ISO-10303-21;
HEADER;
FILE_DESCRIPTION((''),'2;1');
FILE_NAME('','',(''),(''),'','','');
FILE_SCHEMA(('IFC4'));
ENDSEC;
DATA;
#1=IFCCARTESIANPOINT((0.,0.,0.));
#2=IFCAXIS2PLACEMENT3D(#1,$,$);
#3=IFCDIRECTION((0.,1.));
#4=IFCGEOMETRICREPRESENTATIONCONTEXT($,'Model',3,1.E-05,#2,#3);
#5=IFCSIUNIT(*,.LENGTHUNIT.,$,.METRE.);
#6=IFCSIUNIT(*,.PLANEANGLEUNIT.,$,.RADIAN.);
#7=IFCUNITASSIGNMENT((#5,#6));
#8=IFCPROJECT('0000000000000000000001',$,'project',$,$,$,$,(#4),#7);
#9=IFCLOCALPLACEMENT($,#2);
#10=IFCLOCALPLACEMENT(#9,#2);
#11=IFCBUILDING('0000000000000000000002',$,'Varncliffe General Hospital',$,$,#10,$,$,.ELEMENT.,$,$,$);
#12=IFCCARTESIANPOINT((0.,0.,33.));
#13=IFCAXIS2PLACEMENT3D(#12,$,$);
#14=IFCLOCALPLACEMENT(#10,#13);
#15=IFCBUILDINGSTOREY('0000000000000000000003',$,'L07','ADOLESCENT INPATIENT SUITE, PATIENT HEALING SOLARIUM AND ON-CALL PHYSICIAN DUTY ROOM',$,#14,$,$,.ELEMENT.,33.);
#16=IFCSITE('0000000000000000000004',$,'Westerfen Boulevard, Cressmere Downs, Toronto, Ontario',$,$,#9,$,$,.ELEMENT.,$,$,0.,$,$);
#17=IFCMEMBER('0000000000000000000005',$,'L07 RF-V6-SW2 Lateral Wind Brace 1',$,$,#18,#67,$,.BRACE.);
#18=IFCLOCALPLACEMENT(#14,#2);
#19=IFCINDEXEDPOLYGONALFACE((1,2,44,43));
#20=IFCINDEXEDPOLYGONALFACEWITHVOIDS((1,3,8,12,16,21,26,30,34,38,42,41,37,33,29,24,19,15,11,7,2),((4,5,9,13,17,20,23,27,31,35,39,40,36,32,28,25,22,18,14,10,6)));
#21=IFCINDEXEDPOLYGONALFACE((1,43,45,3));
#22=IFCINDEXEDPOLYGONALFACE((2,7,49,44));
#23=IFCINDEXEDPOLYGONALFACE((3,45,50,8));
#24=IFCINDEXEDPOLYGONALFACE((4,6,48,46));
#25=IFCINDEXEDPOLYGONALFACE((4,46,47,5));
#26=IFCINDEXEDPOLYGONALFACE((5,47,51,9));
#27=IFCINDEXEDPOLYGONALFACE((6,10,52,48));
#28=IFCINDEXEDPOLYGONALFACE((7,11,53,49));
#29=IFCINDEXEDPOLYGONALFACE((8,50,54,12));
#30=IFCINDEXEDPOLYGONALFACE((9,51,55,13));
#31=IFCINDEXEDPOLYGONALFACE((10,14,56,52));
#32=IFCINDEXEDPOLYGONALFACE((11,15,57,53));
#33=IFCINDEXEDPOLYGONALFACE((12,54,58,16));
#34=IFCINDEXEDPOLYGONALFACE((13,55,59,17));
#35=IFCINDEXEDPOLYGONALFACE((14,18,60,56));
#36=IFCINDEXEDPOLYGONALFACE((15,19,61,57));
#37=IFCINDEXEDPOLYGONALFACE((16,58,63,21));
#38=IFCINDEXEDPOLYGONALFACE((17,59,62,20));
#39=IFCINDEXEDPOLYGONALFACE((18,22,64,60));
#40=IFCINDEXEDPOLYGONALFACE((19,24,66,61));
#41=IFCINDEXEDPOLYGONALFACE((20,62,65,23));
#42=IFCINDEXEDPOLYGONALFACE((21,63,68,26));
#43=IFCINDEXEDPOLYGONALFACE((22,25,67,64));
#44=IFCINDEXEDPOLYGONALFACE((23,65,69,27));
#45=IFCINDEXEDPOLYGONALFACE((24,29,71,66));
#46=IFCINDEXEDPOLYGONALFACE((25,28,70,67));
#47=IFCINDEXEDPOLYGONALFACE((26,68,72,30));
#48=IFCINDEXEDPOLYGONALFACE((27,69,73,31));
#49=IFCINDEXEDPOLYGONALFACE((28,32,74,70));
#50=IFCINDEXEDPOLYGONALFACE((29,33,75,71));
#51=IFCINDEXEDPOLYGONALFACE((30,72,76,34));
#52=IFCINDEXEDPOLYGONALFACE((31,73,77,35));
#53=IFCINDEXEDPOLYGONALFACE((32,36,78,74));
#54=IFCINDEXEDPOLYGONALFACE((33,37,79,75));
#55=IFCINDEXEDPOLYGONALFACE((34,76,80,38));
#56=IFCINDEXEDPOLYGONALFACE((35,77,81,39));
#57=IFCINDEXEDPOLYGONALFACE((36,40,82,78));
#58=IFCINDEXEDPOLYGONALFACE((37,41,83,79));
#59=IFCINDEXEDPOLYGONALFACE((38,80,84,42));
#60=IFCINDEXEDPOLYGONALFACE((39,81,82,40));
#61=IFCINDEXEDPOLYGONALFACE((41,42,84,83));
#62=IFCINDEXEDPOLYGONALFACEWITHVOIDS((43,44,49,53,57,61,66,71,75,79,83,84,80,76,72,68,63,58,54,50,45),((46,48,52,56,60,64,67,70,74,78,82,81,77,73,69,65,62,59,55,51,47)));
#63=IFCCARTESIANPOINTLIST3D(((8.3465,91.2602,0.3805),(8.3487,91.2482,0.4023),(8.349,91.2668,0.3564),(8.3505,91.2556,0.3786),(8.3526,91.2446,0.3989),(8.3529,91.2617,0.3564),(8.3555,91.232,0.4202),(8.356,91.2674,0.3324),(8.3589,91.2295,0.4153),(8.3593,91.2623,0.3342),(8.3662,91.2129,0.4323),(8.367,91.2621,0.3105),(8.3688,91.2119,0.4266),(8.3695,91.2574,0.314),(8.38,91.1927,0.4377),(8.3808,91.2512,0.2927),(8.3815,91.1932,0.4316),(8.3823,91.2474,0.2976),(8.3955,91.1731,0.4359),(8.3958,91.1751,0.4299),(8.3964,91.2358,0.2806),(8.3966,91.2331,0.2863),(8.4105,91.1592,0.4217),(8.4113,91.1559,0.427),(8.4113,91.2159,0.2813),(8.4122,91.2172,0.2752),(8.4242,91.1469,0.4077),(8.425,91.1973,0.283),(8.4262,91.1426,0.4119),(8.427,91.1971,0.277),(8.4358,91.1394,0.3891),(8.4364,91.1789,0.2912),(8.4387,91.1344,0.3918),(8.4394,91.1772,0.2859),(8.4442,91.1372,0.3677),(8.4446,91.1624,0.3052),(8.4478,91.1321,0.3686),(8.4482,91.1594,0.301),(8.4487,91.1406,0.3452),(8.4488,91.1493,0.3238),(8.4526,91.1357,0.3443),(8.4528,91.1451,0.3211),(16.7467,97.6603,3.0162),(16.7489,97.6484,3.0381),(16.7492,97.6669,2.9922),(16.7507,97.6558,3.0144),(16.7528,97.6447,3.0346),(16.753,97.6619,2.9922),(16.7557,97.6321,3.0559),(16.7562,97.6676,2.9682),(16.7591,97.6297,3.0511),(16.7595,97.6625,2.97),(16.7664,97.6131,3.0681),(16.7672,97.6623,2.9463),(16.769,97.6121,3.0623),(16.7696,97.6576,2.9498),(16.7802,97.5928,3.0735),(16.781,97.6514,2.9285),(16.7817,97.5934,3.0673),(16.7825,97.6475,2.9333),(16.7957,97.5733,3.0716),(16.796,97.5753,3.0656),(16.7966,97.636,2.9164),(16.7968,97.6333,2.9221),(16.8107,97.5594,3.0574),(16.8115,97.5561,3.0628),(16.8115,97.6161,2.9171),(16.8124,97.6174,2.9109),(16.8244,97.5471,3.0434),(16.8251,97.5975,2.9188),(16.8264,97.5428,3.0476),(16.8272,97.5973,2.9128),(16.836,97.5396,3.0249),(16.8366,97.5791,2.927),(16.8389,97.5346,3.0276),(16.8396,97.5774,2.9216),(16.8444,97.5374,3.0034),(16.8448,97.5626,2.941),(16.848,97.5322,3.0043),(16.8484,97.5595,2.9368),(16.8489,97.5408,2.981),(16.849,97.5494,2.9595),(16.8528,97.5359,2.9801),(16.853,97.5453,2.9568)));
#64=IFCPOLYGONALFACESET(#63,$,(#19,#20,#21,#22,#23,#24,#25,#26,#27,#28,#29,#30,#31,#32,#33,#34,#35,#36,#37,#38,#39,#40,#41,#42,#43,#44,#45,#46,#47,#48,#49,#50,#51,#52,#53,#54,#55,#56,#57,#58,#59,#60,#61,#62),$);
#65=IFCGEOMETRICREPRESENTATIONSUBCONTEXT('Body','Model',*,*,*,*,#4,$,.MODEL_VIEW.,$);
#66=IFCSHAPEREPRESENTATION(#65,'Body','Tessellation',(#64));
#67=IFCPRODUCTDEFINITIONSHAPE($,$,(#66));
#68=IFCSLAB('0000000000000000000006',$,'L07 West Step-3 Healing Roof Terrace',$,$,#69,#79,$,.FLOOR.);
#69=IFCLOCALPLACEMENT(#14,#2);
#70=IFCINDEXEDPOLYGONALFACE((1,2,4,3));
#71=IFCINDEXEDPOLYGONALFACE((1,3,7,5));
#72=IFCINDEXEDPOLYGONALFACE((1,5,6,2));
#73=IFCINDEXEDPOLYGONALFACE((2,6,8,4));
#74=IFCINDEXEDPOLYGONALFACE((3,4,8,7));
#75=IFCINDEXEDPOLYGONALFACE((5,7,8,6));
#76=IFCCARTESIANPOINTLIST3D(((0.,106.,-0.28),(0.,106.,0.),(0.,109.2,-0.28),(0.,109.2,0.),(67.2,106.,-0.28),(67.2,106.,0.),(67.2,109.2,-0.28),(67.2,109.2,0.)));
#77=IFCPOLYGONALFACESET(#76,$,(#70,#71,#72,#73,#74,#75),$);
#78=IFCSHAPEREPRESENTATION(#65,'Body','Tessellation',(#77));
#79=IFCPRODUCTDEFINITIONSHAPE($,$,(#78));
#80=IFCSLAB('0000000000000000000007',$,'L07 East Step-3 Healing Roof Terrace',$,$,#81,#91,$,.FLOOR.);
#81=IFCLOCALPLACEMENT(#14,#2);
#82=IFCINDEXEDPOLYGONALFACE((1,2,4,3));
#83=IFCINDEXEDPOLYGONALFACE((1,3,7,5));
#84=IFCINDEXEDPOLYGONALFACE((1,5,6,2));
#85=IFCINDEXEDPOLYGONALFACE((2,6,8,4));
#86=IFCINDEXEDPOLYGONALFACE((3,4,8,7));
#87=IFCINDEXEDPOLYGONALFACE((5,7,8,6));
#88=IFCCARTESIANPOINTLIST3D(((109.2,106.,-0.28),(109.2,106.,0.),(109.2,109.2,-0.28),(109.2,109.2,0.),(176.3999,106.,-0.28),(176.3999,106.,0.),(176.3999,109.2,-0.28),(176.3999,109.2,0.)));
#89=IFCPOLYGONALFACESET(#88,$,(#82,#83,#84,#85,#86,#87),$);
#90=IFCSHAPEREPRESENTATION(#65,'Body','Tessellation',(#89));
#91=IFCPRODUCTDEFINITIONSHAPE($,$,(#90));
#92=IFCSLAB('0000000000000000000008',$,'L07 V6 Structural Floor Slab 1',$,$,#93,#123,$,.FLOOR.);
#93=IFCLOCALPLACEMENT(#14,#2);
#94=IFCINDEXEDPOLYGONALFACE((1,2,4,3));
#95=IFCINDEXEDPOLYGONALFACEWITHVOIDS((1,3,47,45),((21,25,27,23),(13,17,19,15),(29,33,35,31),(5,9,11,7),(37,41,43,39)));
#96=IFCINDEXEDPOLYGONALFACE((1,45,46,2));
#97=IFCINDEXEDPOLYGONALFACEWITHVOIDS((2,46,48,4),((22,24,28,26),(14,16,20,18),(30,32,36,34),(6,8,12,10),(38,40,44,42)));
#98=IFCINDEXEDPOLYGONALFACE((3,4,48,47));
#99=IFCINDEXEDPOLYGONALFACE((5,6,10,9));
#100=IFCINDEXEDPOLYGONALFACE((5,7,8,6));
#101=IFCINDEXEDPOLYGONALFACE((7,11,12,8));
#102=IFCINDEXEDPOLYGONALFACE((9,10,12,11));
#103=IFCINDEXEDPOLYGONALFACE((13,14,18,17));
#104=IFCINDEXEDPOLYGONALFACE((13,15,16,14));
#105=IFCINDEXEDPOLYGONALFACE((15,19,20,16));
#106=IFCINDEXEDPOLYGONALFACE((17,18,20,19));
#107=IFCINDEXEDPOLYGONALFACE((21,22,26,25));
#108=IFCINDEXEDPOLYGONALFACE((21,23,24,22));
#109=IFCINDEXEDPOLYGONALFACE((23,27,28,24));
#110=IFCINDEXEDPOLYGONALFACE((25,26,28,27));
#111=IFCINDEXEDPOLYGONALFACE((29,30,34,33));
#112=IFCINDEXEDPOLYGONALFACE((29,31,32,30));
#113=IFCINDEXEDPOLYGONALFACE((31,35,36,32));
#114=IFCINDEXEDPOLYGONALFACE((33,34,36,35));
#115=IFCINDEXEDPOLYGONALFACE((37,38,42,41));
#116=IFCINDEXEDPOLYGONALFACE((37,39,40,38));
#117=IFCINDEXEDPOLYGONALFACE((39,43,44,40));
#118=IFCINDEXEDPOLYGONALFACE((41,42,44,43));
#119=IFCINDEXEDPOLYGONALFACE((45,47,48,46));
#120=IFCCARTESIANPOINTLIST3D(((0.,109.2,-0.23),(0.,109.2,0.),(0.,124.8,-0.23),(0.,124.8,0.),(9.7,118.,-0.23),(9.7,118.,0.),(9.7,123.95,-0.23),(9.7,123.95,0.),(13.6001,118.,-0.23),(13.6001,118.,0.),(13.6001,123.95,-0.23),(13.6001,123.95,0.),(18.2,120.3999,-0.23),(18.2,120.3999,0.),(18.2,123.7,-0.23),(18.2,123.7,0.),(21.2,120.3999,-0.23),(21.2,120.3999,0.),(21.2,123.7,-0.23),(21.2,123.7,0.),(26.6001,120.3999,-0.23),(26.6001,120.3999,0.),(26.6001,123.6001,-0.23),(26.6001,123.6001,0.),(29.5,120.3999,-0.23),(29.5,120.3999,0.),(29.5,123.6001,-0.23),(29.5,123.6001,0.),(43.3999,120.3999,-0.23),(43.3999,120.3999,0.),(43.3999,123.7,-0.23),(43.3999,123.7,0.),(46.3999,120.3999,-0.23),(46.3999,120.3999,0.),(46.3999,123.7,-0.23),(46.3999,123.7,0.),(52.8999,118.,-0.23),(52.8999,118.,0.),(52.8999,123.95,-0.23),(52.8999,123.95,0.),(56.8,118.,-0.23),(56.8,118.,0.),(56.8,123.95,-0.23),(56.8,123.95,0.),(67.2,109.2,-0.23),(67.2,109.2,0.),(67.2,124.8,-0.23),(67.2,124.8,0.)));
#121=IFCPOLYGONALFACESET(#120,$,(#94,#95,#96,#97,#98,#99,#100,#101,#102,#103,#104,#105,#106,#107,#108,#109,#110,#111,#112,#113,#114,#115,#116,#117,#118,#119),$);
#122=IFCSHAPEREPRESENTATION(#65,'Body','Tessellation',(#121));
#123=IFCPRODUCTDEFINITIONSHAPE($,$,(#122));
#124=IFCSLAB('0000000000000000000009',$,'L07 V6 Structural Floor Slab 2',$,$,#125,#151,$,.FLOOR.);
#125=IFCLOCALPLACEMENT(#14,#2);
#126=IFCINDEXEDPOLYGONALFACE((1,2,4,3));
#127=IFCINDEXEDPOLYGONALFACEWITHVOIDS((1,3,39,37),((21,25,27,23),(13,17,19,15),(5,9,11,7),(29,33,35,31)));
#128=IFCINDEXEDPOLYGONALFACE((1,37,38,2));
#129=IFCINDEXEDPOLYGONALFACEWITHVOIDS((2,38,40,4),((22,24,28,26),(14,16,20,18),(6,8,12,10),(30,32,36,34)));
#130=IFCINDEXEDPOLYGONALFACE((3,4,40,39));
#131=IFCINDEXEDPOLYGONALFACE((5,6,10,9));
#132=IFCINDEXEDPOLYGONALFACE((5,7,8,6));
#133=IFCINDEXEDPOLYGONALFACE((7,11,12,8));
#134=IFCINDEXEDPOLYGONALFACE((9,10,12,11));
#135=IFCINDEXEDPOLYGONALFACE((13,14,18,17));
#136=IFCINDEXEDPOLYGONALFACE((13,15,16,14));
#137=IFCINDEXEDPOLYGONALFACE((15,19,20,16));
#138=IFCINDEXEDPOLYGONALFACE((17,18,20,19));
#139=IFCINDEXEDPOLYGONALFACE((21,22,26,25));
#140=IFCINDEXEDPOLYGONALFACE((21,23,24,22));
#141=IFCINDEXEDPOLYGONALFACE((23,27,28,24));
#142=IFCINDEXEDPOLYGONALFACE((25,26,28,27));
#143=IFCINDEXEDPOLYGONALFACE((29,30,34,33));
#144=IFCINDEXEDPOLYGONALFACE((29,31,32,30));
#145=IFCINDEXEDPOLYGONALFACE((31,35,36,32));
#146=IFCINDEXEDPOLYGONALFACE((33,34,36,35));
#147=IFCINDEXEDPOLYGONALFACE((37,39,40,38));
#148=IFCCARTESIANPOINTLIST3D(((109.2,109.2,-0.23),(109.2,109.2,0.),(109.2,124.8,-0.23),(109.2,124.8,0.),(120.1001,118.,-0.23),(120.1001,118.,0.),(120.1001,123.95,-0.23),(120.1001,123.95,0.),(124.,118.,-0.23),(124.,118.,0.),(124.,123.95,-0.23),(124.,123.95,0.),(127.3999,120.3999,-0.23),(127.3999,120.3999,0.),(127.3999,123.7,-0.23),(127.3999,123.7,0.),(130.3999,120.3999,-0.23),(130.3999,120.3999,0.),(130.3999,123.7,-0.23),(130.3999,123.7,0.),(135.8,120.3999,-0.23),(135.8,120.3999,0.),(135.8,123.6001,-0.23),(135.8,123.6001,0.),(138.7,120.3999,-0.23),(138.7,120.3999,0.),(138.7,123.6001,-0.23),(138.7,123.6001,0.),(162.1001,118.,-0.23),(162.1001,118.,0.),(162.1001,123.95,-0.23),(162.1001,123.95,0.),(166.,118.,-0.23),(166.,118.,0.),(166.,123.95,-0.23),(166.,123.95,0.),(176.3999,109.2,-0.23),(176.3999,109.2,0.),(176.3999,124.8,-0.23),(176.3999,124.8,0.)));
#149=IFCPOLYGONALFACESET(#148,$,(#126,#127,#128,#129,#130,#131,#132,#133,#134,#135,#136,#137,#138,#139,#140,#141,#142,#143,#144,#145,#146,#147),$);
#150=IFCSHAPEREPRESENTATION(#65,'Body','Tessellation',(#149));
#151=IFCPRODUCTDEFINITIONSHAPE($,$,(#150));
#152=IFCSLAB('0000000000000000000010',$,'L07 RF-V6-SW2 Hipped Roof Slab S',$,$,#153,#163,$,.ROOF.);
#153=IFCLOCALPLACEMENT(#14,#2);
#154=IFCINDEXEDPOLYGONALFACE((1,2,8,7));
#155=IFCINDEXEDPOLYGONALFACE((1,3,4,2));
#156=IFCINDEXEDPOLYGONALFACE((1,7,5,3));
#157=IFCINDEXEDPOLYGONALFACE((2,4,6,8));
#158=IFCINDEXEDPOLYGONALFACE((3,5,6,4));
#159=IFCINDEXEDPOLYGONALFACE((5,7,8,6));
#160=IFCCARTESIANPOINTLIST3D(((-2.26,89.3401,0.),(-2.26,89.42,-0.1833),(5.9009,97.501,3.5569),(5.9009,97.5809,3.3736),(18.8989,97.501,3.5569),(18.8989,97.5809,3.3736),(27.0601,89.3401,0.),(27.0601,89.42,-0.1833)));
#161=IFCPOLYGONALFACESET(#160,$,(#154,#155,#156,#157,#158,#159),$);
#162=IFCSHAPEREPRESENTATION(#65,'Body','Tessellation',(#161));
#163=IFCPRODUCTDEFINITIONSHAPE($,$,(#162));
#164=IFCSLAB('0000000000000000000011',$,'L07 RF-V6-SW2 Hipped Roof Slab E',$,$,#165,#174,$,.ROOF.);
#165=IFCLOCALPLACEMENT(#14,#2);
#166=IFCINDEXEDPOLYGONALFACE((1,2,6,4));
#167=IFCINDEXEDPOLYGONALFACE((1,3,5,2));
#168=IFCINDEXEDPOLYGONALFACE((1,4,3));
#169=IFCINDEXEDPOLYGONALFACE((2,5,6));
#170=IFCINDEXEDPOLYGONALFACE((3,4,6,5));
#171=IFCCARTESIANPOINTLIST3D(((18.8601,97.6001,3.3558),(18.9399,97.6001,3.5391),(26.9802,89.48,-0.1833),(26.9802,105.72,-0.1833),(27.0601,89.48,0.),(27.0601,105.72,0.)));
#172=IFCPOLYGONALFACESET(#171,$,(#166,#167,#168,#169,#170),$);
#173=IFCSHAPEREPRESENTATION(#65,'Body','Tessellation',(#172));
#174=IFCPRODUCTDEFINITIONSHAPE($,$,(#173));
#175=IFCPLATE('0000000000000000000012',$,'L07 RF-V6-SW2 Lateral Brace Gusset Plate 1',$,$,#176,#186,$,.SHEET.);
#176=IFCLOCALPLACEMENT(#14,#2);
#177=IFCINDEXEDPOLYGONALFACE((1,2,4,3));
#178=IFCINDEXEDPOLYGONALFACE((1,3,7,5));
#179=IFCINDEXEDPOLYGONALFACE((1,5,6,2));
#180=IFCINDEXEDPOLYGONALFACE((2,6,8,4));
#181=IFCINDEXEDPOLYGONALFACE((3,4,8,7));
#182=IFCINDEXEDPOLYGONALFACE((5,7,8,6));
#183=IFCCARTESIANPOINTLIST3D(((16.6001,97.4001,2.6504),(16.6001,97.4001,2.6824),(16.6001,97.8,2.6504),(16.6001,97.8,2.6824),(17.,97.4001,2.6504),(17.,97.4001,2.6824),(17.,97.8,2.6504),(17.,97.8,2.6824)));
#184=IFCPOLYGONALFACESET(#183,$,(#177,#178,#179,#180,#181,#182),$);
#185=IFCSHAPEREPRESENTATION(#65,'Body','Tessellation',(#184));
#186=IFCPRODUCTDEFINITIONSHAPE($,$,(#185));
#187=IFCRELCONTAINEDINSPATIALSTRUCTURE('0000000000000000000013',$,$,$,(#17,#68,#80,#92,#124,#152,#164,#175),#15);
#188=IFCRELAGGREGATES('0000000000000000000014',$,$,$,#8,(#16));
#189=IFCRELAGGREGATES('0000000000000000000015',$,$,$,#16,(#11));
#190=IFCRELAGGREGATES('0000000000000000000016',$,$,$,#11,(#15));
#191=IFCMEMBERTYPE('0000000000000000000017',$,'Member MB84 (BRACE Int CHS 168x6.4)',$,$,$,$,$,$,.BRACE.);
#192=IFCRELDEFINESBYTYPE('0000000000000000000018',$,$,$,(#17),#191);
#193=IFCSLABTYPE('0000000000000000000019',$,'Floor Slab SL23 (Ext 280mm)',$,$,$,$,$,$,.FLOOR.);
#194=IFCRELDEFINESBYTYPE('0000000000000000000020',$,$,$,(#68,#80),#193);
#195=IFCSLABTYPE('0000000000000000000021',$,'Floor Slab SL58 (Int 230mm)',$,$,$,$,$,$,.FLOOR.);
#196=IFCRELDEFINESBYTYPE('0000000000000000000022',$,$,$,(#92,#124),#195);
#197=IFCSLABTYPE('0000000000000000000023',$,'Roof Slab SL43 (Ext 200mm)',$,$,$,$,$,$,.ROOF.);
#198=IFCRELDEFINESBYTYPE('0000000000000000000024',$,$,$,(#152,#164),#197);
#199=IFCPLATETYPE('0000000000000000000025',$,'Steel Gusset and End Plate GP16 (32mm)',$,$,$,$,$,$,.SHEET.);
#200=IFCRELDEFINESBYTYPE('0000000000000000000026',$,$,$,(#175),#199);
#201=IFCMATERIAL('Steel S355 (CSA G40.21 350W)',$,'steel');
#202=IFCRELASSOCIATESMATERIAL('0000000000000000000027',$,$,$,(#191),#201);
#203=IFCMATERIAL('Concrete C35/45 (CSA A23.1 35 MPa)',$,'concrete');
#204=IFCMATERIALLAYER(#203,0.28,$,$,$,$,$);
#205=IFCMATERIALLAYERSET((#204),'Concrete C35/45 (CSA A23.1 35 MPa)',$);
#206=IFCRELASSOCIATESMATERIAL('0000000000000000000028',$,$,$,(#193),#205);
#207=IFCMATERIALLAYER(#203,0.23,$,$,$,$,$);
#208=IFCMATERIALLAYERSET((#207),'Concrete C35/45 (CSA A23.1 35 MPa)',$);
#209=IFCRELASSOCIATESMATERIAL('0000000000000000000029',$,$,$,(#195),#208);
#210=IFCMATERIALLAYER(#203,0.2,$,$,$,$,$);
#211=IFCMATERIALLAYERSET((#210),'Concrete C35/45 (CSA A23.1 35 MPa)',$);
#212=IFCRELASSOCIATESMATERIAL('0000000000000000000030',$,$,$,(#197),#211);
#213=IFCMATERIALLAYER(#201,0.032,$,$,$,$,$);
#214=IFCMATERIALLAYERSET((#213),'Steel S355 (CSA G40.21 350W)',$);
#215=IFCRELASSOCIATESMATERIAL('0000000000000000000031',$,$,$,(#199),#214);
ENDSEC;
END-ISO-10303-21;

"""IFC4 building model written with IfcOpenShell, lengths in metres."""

from ifc_helpers import new_model, si_unit, direction, frame, origin, origin_2d, place, context, subcontext, project, spatial, polyline, rectangle, hollow_circle, outline, extrude, material, layer, layer_set, material_profile, profile_set, type_object, element, save


model = new_model("IFC4")

# Units and contexts
model_context = context("Model", 3, precision=1e-05, world=origin(), true_north=direction((0.0, 1.0)))
body_context = subcontext(model_context, "Body", "Model", "MODEL_VIEW")
ifc_project = project(units=[si_unit("LENGTHUNIT", "METRE"), si_unit("PLANEANGLEUNIT", "RADIAN")], contexts=[model_context])

# Site, building, storey
site_placement = place(None, origin())
site = spatial("IfcSite", under=ifc_project, at=site_placement, Name="Westerfen Boulevard, Cressmere Downs, Toronto, Ontario", CompositionType="ELEMENT", RefElevation=0.0)
building_placement = place(site_placement, origin())
building = spatial("IfcBuilding", under=site, at=building_placement, Name="Varncliffe General Hospital", CompositionType="ELEMENT")
storey_placement = place(building_placement, frame((0.0, 0.0, 33.0)))
storey = spatial("IfcBuildingStorey", under=building, at=storey_placement, Name="L07", Description="ADOLESCENT INPATIENT SUITE, PATIENT HEALING SOLARIUM AND ON-CALL PHYSICIAN DUTY ROOM", CompositionType="ELEMENT", Elevation=33.0)

# Member
ifc_material_1 = material(Name="Steel S355 (CSA G40.21 350W)", Category="steel")
ifc_material_profile_1 = material_profile(ifc_material_1, hollow_circle(Radius=0.084, WallThickness=0.0063, at=origin_2d()), Name="CHS 168x6.4")
ifc_profile_set_1 = profile_set([ifc_material_profile_1], Name="Steel S355 (CSA G40.21 350W)")
member_type_1 = type_object("IfcMemberType", Name="Member MB84 (BRACE Int CHS 168x6.4)", PredefinedType="BRACE", material=ifc_profile_set_1)
member_placement = place(storey_placement, frame((8.3999, 91.2, 0.3564), z_axis=(0.771756, 0.588008, 0.242156), x_axis=(-0.606045, 0.79543, 0.0)))
element("IfcMember", 1, at=member_placement, inside=storey, type_object=member_type_1, Name="L07 RF-V6-SW2 Lateral Wind Brace 1", PredefinedType="BRACE", context=body_context, shape_type="SweptSolid", body=[
    extrude(hollow_circle(Radius=0.084, WallThickness=0.0063, at=origin_2d()), origin(), (0.0, 0.0, 1.0), 10.8845),
])

# Slabs
ifc_material_2 = material(Name="Concrete C35/45 (CSA A23.1 35 MPa)", Category="concrete")
ifc_layer_1 = layer(ifc_material_2, 0.28)
ifc_layer_set_1 = layer_set([ifc_layer_1], Name="Concrete C35/45 (CSA A23.1 35 MPa)")
slab_type_1 = type_object("IfcSlabType", Name="Floor Slab SL23 (Ext 280mm)", PredefinedType="FLOOR", material=ifc_layer_set_1)
slab_1_placement = place(storey_placement, frame((0.0, 0.0, -0.28)))
element("IfcSlab", 2, at=slab_1_placement, inside=storey, type_object=slab_type_1, Name="L07 West Step-3 Healing Roof Terrace", PredefinedType="FLOOR", context=body_context, shape_type="SweptSolid", body=[
    extrude(outline(polyline([(0.0, 106.0), (67.2, 106.0), (67.2, 109.2), (0.0, 109.2), (0.0, 106.0)])), origin(), (0.0, 0.0, 1.0), 0.28),
])
slab_2_placement = place(storey_placement, frame((0.0, 0.0, -0.28)))
element("IfcSlab", 3, at=slab_2_placement, inside=storey, type_object=slab_type_1, Name="L07 East Step-3 Healing Roof Terrace", PredefinedType="FLOOR", context=body_context, shape_type="SweptSolid", body=[
    extrude(outline(polyline([(109.2, 106.0), (176.3999, 106.0), (176.3999, 109.2), (109.2, 109.2), (109.2, 106.0)])), origin(), (0.0, 0.0, 1.0), 0.28),
])
ifc_layer_2 = layer(ifc_material_2, 0.23)
ifc_layer_set_2 = layer_set([ifc_layer_2], Name="Concrete C35/45 (CSA A23.1 35 MPa)")
slab_type_2 = type_object("IfcSlabType", Name="Floor Slab SL58 (Int 230mm)", PredefinedType="FLOOR", material=ifc_layer_set_2)
slab_3_placement = place(storey_placement, frame((0.0, 0.0, -0.23)))
element("IfcSlab", 4, at=slab_3_placement, inside=storey, type_object=slab_type_2, Name="L07 V6 Structural Floor Slab 1", PredefinedType="FLOOR", context=body_context, shape_type="SweptSolid", body=[
    extrude(outline(polyline([(0.0, 109.2), (0.0, 124.8), (67.2, 124.8), (67.2, 109.2), (0.0, 109.2)]), holes=[polyline([(13.6001, 118.0), (13.6001, 123.95), (9.7, 123.95), (9.7, 118.0), (13.6001, 118.0)]), polyline([(56.8, 118.0), (56.8, 123.95), (52.8999, 123.95), (52.8999, 118.0), (56.8, 118.0)]), polyline([(18.2, 120.3999), (21.2, 120.3999), (21.2, 123.7), (18.2, 123.7), (18.2, 120.3999)]), polyline([(43.3999, 120.3999), (46.3999, 120.3999), (46.3999, 123.7), (43.3999, 123.7), (43.3999, 120.3999)]), polyline([(26.6001, 120.3999), (29.5, 120.3999), (29.5, 123.6001), (26.6001, 123.6001), (26.6001, 120.3999)])]), origin(), (0.0, 0.0, 1.0), 0.23),
])
slab_4_placement = place(storey_placement, frame((0.0, 0.0, -0.23)))
element("IfcSlab", 5, at=slab_4_placement, inside=storey, type_object=slab_type_2, Name="L07 V6 Structural Floor Slab 2", PredefinedType="FLOOR", context=body_context, shape_type="SweptSolid", body=[
    extrude(outline(polyline([(109.2, 109.2), (109.2, 124.8), (176.3999, 124.8), (176.3999, 109.2), (109.2, 109.2)]), holes=[polyline([(124.0, 118.0), (124.0, 123.95), (120.1001, 123.95), (120.1001, 118.0), (124.0, 118.0)]), polyline([(166.0, 118.0), (166.0, 123.95), (162.1001, 123.95), (162.1001, 118.0), (166.0, 118.0)]), polyline([(127.3999, 120.3999), (130.3999, 120.3999), (130.3999, 123.7), (127.3999, 123.7), (127.3999, 120.3999)]), polyline([(135.8, 120.3999), (138.7, 120.3999), (138.7, 123.6001), (135.8, 123.6001), (135.8, 120.3999)])]), origin(), (0.0, 0.0, 1.0), 0.23),
])
ifc_layer_3 = layer(ifc_material_2, 0.2)
ifc_layer_set_3 = layer_set([ifc_layer_3], Name="Concrete C35/45 (CSA A23.1 35 MPa)")
slab_type_3 = type_object("IfcSlabType", Name="Roof Slab SL43 (Ext 200mm)", PredefinedType="ROOF", material=ifc_layer_set_3)
slab_5_placement = place(storey_placement, frame((-2.26, 89.3401, 0.0), z_axis=(0.0, -0.399545, 0.916713), x_axis=(1.0, 0.0, 0.0)))
element("IfcSlab", 6, at=slab_5_placement, inside=storey, type_object=slab_type_3, Name="L07 RF-V6-SW2 Hipped Roof Slab S", PredefinedType="ROOF", context=body_context, shape_type="SweptSolid", body=[
    extrude(outline(polyline([(0.0, 0.0), (29.3201, 0.0), (21.1589, 8.9023), (8.1609, 8.9023), (0.0, 0.0)])), origin(), (0.0, 0.0, -1.0), 0.2),
])
slab_6_placement = place(storey_placement, frame((27.0601, 89.48, 0.0), z_axis=(0.39954, 0.0, 0.916716), x_axis=(0.0, 1.0, 0.0)))
element("IfcSlab", 7, at=slab_6_placement, inside=storey, type_object=slab_type_3, Name="L07 RF-V6-SW2 Hipped Roof Slab E", PredefinedType="ROOF", context=body_context, shape_type="SweptSolid", body=[
    extrude(outline(polyline([(0.0, 0.0), (16.24, 0.0), (8.1201, 8.8578), (0.0, 0.0)])), origin(), (0.0, 0.0, -1.0), 0.2),
])

# Plate
ifc_layer_4 = layer(ifc_material_1, 0.032)
ifc_layer_set_4 = layer_set([ifc_layer_4], Name="Steel S355 (CSA G40.21 350W)")
plate_type = type_object("IfcPlateType", Name="Steel Gusset and End Plate GP16 (32mm)", PredefinedType="SHEET", material=ifc_layer_set_4)
plate_placement = place(storey_placement, frame((16.8, 97.6001, 2.6504), z_axis=(0.0, 0.0, 1.0), x_axis=(1.0, 0.0, 0.0)))
element("IfcPlate", 8, at=plate_placement, inside=storey, type_object=plate_type, Name="L07 RF-V6-SW2 Lateral Brace Gusset Plate 1", PredefinedType="SHEET", context=body_context, shape_type="SweptSolid", body=[
    extrude(rectangle(XDim=0.3999, YDim=0.3999, at=origin_2d()), origin(), (0.0, 0.0, 1.0), 0.032),
])

save(model, "model.ifc")
